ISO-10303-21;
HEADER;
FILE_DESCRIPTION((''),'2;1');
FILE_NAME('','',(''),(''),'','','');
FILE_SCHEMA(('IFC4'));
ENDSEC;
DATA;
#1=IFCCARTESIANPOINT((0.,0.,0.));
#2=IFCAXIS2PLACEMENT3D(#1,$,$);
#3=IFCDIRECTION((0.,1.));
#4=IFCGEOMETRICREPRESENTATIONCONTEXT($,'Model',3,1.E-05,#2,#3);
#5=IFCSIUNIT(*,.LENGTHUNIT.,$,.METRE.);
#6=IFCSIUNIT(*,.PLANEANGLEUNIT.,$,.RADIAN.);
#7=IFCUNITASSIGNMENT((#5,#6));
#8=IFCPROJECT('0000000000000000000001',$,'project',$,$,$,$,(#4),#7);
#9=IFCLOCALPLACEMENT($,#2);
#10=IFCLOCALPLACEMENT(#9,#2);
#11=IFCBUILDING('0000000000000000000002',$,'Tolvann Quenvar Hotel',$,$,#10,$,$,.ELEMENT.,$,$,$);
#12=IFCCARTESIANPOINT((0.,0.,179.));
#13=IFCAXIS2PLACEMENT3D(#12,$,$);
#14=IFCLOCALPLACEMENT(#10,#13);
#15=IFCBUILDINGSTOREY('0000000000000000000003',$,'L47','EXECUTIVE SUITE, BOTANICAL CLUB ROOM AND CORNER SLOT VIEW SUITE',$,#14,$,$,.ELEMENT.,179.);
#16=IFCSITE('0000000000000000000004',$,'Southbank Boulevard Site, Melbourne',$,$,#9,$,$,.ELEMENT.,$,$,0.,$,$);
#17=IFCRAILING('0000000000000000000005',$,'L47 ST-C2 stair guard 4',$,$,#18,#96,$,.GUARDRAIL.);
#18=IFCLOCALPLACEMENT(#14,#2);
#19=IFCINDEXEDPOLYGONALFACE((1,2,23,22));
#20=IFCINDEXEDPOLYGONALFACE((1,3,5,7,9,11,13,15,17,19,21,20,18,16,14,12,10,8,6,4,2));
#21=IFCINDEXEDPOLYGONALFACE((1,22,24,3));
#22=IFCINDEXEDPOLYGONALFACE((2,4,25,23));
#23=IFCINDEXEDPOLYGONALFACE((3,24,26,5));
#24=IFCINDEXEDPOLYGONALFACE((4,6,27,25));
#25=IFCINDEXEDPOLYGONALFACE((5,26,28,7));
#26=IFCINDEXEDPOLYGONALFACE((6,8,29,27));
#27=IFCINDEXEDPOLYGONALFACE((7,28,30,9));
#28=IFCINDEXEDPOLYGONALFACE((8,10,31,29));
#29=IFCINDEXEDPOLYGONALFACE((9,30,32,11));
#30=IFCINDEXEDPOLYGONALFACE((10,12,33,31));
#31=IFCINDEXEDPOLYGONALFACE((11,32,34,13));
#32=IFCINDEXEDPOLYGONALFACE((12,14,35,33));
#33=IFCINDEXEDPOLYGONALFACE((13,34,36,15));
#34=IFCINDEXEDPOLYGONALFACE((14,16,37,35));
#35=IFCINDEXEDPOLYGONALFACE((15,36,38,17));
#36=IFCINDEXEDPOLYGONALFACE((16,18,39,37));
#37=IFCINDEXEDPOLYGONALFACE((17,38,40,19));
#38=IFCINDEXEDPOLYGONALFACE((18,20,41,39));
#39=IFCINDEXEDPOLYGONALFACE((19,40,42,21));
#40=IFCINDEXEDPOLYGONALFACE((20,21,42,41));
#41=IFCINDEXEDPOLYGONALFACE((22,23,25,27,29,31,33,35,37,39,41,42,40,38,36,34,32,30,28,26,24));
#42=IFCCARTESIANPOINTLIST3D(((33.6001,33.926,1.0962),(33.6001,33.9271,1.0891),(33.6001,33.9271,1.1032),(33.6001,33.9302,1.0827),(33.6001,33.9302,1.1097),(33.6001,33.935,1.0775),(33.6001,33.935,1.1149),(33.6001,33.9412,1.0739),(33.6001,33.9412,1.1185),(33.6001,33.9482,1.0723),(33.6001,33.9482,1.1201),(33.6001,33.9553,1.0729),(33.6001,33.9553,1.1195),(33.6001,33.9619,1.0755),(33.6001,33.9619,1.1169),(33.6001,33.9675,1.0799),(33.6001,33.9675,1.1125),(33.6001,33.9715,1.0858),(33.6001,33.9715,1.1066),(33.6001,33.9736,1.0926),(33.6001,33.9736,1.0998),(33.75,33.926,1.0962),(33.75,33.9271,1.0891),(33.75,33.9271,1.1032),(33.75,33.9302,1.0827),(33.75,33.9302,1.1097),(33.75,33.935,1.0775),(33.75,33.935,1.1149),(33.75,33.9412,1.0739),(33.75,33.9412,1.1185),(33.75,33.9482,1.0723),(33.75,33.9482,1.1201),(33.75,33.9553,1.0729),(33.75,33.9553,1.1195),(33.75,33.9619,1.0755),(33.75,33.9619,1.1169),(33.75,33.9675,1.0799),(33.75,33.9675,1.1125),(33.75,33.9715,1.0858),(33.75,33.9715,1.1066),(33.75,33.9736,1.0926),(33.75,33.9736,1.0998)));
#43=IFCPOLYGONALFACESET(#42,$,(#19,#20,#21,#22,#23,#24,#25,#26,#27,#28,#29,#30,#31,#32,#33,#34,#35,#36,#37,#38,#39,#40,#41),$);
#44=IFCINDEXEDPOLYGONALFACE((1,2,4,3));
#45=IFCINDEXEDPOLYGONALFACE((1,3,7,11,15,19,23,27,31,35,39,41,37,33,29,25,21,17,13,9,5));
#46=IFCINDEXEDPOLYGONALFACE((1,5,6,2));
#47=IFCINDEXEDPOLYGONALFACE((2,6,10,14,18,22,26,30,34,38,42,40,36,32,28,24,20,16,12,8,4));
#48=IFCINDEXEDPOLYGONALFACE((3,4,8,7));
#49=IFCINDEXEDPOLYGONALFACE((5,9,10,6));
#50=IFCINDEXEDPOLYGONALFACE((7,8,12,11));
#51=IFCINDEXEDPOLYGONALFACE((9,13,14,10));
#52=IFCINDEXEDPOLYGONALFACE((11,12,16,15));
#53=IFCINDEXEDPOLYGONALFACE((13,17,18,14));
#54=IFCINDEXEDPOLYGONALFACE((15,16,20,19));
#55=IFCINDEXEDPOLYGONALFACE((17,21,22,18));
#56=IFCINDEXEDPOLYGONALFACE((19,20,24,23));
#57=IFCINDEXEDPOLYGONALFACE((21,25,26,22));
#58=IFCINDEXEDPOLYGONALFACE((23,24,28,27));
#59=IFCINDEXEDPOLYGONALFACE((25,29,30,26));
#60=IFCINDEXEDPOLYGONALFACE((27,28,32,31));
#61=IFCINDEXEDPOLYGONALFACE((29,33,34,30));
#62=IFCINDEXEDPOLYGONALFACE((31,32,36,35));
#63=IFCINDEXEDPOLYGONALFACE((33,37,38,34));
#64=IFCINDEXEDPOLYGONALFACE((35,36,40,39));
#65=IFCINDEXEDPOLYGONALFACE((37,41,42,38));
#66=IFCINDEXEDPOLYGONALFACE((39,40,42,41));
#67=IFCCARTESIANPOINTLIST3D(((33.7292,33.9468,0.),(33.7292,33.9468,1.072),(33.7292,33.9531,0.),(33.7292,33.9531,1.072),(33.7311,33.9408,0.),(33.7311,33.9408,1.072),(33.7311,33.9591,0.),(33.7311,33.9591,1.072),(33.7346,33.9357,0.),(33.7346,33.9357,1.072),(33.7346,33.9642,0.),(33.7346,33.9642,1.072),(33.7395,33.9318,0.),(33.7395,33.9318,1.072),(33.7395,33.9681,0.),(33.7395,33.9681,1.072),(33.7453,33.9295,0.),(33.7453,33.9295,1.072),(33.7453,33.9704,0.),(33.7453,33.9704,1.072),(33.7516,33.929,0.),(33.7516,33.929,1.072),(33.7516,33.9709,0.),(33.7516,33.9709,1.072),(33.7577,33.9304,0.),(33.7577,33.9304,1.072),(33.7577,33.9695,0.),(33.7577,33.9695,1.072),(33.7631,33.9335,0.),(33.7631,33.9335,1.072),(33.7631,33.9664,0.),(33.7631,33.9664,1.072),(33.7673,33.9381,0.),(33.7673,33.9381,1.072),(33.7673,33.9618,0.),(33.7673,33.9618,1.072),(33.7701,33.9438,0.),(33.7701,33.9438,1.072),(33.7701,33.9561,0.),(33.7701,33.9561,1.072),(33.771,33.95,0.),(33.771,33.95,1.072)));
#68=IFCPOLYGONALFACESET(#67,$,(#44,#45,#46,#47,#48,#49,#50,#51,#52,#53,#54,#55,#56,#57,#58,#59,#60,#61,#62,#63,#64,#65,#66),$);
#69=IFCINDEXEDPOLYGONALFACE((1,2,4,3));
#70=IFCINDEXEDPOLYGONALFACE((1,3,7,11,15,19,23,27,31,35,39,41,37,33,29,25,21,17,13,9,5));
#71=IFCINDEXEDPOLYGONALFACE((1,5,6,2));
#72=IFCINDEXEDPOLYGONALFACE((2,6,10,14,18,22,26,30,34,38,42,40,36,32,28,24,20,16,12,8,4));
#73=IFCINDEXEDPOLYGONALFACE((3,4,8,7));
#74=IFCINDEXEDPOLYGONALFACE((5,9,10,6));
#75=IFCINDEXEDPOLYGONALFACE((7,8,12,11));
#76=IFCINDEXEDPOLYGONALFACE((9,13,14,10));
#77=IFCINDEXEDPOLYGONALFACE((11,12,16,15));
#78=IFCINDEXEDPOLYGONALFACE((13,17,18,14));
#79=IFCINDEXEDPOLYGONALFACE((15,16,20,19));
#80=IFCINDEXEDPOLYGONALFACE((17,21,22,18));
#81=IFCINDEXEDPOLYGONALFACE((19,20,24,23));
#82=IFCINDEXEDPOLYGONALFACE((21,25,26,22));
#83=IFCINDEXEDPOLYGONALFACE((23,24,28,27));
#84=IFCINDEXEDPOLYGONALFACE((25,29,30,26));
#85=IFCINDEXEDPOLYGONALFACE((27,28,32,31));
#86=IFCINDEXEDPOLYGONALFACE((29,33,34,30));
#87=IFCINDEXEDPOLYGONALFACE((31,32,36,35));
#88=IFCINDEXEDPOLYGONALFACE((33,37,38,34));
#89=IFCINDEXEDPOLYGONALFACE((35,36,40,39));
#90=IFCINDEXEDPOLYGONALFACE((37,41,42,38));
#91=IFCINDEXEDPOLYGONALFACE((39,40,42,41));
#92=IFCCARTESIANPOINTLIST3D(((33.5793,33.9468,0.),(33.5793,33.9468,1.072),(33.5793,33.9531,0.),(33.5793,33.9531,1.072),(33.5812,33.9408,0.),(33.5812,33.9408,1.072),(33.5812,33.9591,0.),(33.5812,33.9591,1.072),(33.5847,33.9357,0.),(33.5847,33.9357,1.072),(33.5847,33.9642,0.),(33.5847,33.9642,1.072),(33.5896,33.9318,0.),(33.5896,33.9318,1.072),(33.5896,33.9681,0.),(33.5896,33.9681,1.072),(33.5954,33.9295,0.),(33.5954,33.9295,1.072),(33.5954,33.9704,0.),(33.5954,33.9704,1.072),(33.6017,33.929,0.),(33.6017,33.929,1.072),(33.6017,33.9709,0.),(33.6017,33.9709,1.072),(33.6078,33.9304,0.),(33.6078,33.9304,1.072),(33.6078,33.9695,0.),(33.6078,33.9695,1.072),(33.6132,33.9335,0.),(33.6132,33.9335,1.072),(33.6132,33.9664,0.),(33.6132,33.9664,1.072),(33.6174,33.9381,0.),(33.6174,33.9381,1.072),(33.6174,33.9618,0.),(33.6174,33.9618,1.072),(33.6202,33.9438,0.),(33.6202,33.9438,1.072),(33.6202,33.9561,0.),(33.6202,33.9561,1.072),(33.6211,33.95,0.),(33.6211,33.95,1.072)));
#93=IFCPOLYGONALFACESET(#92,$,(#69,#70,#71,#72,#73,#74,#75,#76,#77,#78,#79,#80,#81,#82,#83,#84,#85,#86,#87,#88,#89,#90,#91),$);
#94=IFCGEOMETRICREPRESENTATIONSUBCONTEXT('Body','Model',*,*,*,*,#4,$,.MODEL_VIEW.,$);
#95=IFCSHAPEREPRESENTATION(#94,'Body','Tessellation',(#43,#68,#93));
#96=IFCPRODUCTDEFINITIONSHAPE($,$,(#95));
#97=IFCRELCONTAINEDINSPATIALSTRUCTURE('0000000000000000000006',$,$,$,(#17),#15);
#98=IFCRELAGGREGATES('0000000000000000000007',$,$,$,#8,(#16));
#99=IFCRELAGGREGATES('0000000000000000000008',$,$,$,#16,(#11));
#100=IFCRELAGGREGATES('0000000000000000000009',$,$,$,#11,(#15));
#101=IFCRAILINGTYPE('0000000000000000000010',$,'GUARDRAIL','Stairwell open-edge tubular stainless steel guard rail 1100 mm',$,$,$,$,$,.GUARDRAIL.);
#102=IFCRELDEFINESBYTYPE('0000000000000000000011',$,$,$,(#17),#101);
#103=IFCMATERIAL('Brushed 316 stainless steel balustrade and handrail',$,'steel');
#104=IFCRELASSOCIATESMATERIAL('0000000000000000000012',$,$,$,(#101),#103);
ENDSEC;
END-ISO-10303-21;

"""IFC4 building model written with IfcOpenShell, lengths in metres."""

from ifc_helpers import new_model, si_unit, direction, frame, origin, origin_2d, place, context, subcontext, project, spatial, circle, extrude, material, type_object, element, save


model = new_model("IFC4")

# Units and contexts
model_context = context("Model", 3, precision=1e-05, world=origin(), true_north=direction((0.0, 1.0)))
body_context = subcontext(model_context, "Body", "Model", "MODEL_VIEW")
ifc_project = project(units=[si_unit("LENGTHUNIT", "METRE"), si_unit("PLANEANGLEUNIT", "RADIAN")], contexts=[model_context])

# Site, building, storey
site_placement = place(None, origin())
site = spatial("IfcSite", under=ifc_project, at=site_placement, Name="Southbank Boulevard Site, Melbourne", CompositionType="ELEMENT", RefElevation=0.0)
building_placement = place(site_placement, origin())
building = spatial("IfcBuilding", under=site, at=building_placement, Name="Tolvann Quenvar Hotel", CompositionType="ELEMENT")
storey_placement = place(building_placement, frame((0.0, 0.0, 179.0)))
storey = spatial("IfcBuildingStorey", under=building, at=storey_placement, Name="L47", Description="EXECUTIVE SUITE, BOTANICAL CLUB ROOM AND CORNER SLOT VIEW SUITE", CompositionType="ELEMENT", Elevation=179.0)

# Railing
ifc_material_1 = material(Name="Brushed 316 stainless steel balustrade and handrail", Category="steel")
railing_type_1 = type_object("IfcRailingType", Name="GUARDRAIL", Description="Stairwell open-edge tubular stainless steel guard rail 1100 mm", PredefinedType="GUARDRAIL", material=ifc_material_1)
railing_1_placement = place(storey_placement, frame((33.75, 33.95, 0.0)))
element("IfcRailing", 1, at=railing_1_placement, inside=storey, type_object=railing_type_1, Name="L47 ST-C2 stair guard 4", PredefinedType="GUARDRAIL", context=body_context, shape_type="SweptSolid", body=[
    extrude(circle(Radius=0.0239, at=origin_2d()), frame((0.0, 0.0, 1.0962), z_axis=(-1.0, 0.0, 0.0), x_axis=(0.0, -1.0, 0.0)), (0.0, 0.0, 1.0), 0.1499),
    extrude(circle(Radius=0.021, at=origin_2d()), origin(), (0.0, 0.0, 1.0), 1.072),
    extrude(circle(Radius=0.021, at=origin_2d()), frame((-0.1499, 0.0, 0.0)), (0.0, 0.0, 1.0), 1.072),
])

save(model, "model.ifc")
